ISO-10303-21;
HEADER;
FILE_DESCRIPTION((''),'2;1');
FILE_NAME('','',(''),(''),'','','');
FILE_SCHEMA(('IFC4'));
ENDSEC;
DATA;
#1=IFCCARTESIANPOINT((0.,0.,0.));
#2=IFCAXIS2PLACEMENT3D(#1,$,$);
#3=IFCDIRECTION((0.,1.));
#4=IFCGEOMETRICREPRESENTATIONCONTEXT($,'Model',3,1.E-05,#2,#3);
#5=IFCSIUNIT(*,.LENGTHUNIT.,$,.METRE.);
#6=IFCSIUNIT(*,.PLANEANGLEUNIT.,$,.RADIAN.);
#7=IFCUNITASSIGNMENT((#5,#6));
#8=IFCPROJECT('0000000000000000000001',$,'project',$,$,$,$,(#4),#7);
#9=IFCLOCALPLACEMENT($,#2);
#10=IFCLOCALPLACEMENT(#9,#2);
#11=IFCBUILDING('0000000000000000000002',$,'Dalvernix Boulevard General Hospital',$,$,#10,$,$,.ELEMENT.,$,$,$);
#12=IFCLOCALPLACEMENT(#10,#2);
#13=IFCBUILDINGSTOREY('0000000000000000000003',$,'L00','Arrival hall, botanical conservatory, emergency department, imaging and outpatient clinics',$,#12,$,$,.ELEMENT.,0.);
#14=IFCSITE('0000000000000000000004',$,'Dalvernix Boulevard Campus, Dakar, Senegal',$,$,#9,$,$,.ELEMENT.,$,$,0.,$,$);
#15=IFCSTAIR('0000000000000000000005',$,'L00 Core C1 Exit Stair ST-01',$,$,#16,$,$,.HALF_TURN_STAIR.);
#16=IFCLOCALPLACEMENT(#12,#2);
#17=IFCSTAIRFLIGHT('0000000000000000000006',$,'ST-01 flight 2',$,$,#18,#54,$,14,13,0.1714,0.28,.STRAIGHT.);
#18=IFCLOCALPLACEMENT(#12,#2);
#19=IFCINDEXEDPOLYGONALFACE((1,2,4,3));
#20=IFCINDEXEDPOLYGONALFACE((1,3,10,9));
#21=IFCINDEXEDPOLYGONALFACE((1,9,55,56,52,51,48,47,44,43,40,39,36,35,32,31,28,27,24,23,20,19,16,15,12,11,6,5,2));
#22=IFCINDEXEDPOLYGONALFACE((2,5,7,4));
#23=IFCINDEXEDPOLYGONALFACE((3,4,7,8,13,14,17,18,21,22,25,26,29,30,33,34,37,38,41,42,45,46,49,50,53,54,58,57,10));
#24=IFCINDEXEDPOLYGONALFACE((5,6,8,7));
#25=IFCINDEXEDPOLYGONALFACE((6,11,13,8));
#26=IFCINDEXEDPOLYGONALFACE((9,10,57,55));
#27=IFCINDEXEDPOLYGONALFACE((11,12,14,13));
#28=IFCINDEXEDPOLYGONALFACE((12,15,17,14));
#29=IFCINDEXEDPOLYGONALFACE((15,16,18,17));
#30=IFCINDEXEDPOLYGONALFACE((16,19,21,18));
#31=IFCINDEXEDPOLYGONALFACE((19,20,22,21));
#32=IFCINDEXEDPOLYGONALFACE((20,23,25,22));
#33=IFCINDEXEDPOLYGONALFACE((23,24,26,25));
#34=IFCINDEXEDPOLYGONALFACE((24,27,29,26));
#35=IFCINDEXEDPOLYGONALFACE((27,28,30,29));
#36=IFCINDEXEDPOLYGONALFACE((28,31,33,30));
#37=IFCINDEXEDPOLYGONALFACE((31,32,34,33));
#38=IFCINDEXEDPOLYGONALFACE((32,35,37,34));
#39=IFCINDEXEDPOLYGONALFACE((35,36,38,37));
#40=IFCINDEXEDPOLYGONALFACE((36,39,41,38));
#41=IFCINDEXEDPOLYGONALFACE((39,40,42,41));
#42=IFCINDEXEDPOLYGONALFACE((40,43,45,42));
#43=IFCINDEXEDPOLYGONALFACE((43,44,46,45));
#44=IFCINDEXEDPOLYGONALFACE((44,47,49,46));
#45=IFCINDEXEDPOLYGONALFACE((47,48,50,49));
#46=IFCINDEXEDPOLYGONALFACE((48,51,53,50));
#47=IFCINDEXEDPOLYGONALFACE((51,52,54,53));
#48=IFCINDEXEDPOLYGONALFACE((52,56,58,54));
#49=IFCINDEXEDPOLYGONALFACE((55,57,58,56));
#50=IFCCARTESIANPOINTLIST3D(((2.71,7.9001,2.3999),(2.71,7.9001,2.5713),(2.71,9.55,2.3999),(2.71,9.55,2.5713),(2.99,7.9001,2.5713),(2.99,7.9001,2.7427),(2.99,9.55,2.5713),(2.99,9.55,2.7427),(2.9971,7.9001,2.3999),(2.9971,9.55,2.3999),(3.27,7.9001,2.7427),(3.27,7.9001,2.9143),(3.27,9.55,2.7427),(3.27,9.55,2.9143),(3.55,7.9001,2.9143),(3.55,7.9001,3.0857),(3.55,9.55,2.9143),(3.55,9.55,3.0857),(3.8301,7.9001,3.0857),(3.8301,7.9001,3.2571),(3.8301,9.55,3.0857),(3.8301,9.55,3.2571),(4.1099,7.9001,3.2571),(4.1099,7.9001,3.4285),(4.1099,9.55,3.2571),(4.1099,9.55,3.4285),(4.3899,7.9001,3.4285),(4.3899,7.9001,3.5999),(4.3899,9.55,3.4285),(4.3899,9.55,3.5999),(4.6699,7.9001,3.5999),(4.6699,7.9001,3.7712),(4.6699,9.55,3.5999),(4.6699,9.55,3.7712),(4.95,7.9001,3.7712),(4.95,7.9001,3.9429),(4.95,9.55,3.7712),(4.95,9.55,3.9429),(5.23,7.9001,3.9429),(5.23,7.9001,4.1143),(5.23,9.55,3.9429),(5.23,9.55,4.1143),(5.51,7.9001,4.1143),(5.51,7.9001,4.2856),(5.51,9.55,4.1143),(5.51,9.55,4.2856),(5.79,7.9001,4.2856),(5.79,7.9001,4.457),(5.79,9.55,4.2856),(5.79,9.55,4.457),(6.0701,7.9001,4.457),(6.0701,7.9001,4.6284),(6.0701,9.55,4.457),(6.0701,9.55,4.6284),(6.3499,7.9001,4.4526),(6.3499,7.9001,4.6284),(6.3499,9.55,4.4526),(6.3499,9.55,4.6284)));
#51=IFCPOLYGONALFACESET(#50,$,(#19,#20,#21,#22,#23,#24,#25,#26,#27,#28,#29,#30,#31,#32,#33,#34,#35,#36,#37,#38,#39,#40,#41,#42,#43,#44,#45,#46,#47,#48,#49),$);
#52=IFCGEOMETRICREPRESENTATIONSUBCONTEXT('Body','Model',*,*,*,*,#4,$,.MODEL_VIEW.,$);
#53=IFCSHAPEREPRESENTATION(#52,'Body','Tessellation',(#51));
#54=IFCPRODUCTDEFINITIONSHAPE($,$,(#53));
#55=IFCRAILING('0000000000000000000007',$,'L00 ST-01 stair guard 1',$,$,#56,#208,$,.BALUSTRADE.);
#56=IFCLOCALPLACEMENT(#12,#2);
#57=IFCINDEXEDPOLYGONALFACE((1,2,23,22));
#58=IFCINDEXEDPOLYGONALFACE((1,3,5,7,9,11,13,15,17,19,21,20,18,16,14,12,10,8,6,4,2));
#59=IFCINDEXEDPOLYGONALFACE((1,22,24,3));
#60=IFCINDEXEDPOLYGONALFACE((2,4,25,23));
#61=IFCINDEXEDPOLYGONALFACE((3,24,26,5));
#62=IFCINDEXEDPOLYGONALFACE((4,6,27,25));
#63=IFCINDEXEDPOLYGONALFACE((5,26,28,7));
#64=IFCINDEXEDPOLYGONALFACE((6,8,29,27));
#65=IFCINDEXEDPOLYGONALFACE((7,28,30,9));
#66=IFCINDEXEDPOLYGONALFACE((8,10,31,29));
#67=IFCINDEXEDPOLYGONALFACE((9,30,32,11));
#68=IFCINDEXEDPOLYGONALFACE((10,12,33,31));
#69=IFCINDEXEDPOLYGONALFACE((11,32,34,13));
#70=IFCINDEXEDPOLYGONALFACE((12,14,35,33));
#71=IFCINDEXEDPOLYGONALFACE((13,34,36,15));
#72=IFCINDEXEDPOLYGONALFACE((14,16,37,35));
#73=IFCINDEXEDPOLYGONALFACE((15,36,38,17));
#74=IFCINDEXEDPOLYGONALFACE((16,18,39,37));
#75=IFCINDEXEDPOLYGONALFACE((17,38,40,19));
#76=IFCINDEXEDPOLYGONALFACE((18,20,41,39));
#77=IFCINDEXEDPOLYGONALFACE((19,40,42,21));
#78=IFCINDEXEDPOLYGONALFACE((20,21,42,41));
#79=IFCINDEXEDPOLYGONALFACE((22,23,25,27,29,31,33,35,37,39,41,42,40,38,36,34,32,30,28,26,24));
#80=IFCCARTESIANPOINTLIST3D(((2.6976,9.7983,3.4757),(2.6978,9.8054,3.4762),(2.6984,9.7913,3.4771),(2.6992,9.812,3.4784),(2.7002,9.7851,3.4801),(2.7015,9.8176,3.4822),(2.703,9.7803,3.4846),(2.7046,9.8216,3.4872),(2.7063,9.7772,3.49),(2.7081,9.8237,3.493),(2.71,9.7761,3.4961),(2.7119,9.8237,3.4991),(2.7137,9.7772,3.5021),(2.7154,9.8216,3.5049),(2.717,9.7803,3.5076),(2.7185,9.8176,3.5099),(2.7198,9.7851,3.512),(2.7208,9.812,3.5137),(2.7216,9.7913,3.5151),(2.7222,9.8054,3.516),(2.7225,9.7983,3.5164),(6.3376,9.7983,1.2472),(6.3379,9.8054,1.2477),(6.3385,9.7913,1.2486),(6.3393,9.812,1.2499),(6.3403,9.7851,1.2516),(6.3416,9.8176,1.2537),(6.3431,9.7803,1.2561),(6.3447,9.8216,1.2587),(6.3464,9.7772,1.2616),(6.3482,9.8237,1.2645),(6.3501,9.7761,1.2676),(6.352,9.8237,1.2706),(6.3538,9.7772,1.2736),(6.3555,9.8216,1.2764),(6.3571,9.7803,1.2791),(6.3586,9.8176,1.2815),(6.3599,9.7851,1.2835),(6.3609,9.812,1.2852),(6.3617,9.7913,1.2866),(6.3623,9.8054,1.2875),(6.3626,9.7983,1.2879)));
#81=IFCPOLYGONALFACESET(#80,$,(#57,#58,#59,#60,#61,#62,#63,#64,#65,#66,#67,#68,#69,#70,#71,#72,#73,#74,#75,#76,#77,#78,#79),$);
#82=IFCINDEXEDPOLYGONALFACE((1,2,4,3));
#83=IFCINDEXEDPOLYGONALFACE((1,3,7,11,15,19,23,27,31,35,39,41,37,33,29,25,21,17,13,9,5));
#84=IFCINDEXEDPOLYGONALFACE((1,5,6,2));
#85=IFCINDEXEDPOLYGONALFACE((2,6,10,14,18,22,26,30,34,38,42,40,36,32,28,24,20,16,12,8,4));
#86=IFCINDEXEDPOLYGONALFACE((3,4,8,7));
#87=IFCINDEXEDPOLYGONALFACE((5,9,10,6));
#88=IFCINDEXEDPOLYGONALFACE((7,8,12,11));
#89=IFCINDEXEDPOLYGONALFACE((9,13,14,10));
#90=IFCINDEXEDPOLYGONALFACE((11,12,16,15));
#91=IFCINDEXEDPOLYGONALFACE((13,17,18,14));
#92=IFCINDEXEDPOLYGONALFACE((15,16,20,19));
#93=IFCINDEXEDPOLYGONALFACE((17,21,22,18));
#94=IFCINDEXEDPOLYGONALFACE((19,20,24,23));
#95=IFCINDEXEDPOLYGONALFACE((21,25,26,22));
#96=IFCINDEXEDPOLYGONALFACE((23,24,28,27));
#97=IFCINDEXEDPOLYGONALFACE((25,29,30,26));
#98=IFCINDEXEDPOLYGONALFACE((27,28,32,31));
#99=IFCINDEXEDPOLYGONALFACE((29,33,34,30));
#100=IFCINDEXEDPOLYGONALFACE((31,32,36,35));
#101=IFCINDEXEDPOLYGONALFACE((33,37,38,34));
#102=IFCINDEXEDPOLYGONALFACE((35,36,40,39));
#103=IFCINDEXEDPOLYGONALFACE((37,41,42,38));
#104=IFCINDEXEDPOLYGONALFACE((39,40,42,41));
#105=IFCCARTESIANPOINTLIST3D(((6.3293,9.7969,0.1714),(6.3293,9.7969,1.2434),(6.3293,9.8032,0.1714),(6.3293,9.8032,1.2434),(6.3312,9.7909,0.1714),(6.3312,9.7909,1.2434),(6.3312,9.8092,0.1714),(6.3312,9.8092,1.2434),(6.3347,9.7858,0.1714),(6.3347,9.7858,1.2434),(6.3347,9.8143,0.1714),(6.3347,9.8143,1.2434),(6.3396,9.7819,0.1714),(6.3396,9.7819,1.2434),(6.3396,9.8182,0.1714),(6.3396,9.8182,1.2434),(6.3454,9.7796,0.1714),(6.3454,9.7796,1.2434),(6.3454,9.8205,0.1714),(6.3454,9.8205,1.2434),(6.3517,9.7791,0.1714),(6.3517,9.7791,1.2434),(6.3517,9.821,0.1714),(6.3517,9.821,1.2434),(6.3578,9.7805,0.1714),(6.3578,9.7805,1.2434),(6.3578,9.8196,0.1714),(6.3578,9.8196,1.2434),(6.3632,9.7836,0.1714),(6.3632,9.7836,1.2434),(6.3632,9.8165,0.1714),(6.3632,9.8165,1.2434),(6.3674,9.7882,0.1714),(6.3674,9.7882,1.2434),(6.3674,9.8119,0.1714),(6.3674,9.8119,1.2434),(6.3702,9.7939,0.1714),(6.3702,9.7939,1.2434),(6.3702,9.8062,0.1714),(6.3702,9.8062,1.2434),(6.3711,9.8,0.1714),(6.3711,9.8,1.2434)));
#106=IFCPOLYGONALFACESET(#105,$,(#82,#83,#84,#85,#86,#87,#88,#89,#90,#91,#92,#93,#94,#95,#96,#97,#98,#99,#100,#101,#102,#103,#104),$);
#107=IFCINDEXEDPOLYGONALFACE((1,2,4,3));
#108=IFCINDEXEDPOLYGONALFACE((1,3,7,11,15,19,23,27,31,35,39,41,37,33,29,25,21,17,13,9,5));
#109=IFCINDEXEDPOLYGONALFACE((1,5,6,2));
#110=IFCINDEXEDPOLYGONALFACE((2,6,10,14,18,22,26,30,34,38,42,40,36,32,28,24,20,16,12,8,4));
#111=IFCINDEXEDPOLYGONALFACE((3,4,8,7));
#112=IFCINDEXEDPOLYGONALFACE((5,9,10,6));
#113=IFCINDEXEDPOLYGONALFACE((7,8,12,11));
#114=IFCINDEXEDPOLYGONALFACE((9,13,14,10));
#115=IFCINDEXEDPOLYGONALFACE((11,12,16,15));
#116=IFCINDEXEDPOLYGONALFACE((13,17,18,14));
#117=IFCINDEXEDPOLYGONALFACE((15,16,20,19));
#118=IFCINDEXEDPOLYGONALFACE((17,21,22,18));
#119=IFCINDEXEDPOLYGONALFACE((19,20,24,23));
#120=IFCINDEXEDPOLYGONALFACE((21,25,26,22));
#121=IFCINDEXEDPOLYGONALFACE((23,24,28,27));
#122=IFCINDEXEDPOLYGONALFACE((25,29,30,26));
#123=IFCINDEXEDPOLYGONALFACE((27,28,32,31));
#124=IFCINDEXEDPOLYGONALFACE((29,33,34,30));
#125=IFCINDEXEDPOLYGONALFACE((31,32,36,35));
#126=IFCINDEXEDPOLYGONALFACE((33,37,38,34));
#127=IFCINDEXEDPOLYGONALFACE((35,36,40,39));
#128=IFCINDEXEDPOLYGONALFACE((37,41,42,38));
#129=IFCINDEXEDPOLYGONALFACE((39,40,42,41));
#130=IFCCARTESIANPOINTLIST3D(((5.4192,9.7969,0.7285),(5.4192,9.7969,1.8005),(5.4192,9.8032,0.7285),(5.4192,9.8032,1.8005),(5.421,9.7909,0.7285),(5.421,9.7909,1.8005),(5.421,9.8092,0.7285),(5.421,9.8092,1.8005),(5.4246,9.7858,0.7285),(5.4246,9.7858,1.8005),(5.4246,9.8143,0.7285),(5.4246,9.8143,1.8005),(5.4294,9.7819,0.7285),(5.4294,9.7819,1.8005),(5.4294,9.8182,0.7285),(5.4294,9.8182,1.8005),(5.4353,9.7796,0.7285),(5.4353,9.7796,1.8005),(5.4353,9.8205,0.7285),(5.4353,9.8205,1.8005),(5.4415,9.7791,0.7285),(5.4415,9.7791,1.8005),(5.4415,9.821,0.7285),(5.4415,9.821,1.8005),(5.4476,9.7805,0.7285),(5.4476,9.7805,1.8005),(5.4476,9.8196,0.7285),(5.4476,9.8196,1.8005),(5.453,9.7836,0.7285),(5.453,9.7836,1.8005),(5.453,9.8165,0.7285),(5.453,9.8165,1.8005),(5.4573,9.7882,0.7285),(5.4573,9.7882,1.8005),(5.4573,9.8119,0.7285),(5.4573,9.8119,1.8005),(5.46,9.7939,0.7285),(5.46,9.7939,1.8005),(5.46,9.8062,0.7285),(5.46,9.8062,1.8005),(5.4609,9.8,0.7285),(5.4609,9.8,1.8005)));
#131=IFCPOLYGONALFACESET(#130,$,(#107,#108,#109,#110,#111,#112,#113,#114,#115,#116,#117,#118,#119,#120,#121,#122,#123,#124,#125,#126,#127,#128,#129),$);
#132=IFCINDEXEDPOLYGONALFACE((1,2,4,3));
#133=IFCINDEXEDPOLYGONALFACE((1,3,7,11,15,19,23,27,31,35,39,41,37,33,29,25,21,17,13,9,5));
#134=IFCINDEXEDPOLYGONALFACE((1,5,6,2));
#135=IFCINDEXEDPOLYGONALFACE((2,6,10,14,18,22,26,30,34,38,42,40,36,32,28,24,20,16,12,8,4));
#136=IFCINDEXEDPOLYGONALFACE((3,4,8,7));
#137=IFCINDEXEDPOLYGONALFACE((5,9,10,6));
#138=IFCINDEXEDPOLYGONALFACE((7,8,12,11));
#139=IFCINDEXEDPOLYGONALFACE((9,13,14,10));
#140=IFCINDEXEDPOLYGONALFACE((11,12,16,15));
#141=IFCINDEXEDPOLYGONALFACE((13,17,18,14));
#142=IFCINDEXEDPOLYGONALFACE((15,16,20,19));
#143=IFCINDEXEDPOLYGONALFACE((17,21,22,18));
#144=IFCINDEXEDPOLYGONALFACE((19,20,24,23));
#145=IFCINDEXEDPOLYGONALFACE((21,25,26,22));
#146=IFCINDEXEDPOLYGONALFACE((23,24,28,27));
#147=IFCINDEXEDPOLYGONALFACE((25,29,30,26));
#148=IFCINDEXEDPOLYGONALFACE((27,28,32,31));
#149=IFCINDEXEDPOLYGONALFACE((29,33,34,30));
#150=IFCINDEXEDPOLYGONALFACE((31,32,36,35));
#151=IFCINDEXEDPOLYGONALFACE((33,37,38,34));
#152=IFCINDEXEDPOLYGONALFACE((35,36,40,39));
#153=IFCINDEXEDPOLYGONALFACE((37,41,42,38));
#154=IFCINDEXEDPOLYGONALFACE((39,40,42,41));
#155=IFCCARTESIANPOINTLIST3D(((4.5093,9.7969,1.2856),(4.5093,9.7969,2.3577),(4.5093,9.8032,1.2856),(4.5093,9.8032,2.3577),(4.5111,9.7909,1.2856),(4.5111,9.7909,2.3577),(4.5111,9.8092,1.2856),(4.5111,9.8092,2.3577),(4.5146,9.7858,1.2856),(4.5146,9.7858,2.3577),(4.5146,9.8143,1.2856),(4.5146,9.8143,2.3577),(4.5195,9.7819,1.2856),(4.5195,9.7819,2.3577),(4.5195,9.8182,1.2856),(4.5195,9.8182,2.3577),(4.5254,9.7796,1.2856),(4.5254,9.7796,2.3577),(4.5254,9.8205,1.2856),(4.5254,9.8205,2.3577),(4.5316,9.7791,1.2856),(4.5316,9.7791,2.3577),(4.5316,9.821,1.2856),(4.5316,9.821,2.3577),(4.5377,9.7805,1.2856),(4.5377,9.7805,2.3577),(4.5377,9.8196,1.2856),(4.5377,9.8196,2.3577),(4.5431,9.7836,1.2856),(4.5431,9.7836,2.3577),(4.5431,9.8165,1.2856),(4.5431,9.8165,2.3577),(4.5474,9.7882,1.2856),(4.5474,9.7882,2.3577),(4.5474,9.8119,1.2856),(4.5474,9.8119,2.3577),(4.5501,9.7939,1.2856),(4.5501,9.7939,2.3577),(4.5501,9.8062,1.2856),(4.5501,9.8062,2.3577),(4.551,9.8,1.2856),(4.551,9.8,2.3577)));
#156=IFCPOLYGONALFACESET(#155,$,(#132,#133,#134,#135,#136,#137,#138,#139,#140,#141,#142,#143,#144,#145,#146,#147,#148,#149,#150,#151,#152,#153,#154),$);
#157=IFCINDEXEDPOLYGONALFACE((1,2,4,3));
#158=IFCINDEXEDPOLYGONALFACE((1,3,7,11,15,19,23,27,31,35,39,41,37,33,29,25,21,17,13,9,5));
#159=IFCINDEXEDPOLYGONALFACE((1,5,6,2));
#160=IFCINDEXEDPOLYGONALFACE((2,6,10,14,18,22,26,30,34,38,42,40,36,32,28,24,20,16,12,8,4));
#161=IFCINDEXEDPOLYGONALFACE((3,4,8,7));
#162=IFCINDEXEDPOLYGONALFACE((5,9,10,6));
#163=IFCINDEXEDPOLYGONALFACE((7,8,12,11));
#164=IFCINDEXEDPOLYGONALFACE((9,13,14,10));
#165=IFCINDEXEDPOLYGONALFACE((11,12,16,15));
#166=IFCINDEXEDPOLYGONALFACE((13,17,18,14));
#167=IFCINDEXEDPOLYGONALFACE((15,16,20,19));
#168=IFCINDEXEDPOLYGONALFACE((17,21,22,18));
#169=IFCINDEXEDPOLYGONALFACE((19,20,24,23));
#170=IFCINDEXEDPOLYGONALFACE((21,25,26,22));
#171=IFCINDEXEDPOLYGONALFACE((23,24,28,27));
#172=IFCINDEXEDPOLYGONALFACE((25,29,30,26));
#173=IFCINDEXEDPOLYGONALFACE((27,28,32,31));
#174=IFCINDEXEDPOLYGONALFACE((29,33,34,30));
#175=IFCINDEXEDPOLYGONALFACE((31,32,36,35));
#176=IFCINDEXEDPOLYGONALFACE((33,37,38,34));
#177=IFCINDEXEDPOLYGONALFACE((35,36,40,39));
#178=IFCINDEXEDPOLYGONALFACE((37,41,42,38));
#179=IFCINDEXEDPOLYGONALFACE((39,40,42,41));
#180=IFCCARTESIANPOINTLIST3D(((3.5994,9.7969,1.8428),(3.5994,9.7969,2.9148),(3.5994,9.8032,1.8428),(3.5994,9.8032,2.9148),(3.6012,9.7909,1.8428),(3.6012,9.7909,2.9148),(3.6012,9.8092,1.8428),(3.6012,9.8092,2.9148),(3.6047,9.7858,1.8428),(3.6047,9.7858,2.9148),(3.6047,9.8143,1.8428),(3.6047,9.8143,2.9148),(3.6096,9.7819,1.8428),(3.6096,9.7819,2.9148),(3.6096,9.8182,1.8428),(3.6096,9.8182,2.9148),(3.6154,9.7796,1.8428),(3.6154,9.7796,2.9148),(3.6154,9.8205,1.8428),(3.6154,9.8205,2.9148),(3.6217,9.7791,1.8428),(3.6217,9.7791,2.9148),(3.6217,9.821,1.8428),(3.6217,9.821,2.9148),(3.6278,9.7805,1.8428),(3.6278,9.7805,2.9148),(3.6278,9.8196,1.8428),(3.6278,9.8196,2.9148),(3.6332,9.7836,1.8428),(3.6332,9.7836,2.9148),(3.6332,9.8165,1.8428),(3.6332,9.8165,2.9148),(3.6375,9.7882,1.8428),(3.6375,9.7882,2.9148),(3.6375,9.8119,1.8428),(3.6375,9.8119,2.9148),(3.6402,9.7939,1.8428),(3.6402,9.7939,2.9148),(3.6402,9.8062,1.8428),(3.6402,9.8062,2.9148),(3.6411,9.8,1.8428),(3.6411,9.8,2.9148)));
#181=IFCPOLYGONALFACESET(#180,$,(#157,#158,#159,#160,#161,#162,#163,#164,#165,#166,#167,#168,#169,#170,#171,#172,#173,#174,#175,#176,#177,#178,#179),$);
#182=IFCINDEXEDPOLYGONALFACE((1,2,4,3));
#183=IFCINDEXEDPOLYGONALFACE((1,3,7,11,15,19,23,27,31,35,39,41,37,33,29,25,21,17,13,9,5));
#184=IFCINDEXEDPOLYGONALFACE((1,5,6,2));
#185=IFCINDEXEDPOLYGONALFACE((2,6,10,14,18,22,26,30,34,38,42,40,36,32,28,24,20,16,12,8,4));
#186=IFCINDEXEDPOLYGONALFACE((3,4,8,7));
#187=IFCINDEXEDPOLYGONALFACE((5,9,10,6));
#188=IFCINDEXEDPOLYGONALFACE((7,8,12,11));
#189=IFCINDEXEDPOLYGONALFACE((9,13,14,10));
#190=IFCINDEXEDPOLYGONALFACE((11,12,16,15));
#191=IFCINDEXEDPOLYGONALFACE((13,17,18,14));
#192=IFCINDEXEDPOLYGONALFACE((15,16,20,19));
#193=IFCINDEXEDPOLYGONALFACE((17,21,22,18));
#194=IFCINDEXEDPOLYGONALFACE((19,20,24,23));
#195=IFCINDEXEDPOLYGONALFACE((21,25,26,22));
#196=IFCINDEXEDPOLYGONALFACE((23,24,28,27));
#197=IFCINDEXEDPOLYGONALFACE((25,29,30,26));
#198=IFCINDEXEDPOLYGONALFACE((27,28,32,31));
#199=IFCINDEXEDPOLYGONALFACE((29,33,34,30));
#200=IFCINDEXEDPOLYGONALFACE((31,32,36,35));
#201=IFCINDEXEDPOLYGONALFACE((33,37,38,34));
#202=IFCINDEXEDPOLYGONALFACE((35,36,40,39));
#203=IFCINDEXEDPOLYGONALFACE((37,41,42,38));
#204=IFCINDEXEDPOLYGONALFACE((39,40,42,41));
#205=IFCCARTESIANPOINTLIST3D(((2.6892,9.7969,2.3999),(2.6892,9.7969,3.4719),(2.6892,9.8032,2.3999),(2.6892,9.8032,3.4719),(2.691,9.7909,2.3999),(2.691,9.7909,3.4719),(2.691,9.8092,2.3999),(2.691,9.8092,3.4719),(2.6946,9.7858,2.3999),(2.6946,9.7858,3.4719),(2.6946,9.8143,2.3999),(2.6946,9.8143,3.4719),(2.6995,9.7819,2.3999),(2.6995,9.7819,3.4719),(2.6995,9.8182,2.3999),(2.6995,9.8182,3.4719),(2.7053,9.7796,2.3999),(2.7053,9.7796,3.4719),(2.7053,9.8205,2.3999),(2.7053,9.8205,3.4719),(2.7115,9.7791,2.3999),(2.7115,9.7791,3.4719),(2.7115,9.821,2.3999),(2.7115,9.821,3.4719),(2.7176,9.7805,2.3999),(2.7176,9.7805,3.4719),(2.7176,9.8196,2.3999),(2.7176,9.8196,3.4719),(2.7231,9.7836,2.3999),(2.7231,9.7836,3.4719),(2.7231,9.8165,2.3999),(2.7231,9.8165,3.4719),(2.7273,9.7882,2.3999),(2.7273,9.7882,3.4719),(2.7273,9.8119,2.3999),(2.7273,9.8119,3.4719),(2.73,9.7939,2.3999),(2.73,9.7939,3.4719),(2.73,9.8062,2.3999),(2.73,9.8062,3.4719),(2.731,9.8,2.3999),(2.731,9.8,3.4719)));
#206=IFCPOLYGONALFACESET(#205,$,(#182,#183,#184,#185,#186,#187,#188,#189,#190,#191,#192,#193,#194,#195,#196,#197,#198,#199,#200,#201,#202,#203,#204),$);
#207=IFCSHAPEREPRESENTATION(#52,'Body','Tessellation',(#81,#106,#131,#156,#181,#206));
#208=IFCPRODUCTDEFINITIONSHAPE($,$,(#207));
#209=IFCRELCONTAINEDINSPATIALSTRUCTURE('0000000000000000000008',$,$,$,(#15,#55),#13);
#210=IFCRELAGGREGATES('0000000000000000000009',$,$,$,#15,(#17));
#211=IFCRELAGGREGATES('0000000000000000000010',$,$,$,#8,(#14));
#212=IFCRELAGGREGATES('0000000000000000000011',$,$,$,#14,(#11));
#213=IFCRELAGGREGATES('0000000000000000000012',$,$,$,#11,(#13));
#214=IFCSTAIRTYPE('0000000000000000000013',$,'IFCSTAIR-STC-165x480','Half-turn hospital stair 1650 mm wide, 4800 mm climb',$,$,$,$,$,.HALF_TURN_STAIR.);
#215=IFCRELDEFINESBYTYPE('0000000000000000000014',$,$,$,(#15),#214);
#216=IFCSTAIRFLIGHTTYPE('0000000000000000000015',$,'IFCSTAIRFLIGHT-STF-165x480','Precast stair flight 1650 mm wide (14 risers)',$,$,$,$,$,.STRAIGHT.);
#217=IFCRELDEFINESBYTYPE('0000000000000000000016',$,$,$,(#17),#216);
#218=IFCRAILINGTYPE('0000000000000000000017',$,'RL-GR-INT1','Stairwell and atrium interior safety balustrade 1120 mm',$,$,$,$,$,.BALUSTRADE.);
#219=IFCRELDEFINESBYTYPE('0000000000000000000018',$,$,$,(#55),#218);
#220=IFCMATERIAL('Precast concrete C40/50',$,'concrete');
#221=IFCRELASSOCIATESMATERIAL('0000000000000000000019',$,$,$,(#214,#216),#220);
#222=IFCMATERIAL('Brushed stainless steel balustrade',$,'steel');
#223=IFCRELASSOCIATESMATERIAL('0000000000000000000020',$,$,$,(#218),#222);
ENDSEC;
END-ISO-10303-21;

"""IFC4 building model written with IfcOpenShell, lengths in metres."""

from ifc_helpers import new_model, si_unit, direction, frame, origin, origin_2d, place, context, subcontext, project, spatial, polyline, circle, outline, extrude, material, type_object, element, aggregate, save


model = new_model("IFC4")

# Units and contexts
model_context = context("Model", 3, precision=1e-05, world=origin(), true_north=direction((0.0, 1.0)))
body_context = subcontext(model_context, "Body", "Model", "MODEL_VIEW")
ifc_project = project(units=[si_unit("LENGTHUNIT", "METRE"), si_unit("PLANEANGLEUNIT", "RADIAN")], contexts=[model_context])

# Site, building, storey
site_placement = place(None, origin())
site = spatial("IfcSite", under=ifc_project, at=site_placement, Name="Dalvernix Boulevard Campus, Dakar, Senegal", CompositionType="ELEMENT", RefElevation=0.0)
building_placement = place(site_placement, origin())
building = spatial("IfcBuilding", under=site, at=building_placement, Name="Dalvernix Boulevard General Hospital", CompositionType="ELEMENT")
storey_placement = place(building_placement, origin())
storey = spatial("IfcBuildingStorey", under=building, at=storey_placement, Name="L00", Description="Arrival hall, botanical conservatory, emergency department, imaging and outpatient clinics", CompositionType="ELEMENT", Elevation=0.0)

# Stair, stair flight
ifc_material_1 = material(Name="Precast concrete C40/50", Category="concrete")
stair_type = type_object("IfcStairType", Name="IFCSTAIR-STC-165x480", Description="Half-turn hospital stair 1650 mm wide, 4800 mm climb", PredefinedType="HALF_TURN_STAIR", material=ifc_material_1)
stair_placement = place(storey_placement, origin())
stair = element("IfcStair", 1, at=stair_placement, inside=storey, type_object=stair_type, Name="L00 Core C1 Exit Stair ST-01", PredefinedType="HALF_TURN_STAIR")
stair_flight_type = type_object("IfcStairFlightType", Name="IFCSTAIRFLIGHT-STF-165x480", Description="Precast stair flight 1650 mm wide (14 risers)", PredefinedType="STRAIGHT", material=ifc_material_1)
stair_flight_1_placement = place(storey_placement, frame((2.71, 8.7251, 2.3999), z_axis=(0.0, 0.0, 1.0), x_axis=(1.0, 0.0, 0.0)))
stair_flight_1 = element("IfcStairFlight", 2, at=stair_flight_1_placement, type_object=stair_flight_type, Name="ST-01 flight 2", NumberOfRisers=14, NumberOfTreads=13, PredefinedType="STRAIGHT", RiserHeight=0.1714, TreadLength=0.28, context=body_context, shape_type="SweptSolid", body=[
    extrude(outline(polyline([(0.0, 0.0), (0.0, 0.1714), (0.28, 0.1714), (0.28, 0.3428), (0.5601, 0.3428), (0.5601, 0.5144), (0.8401, 0.5144), (0.8401, 0.6858), (1.1201, 0.6858), (1.1201, 0.8572), (1.3999, 0.8572), (1.3999, 1.0286), (1.6799, 1.0286), (1.6799, 1.2), (1.96, 1.2), (1.96, 1.3713), (2.24, 1.3713), (2.24, 1.543), (2.52, 1.543), (2.52, 1.7144), (2.8, 1.7144), (2.8, 1.8857), (3.0801, 1.8857), (3.0801, 2.0571), (3.3601, 2.0571), (3.3601, 2.2285), (3.6399, 2.2285), (3.6399, 2.3999), (3.6399, 2.0527), (0.2871, 0.0), (0.0, 0.0)])), frame((0.0, 0.825, 0.0), z_axis=(0.0, -1.0, 0.0), x_axis=(1.0, 0.0, 0.0)), (0.0, 0.0, 1.0), 1.6499),
])
aggregate(stair, [stair_flight_1])

# Railing
ifc_material_2 = material(Name="Brushed stainless steel balustrade", Category="steel")
railing_type_1 = type_object("IfcRailingType", Name="RL-GR-INT1", Description="Stairwell and atrium interior safety balustrade 1120 mm", PredefinedType="BALUSTRADE", material=ifc_material_2)
railing_1_placement = place(storey_placement, frame((6.3501, 9.8, 0.1714)))
element("IfcRailing", 3, at=railing_1_placement, inside=storey, type_object=railing_type_1, Name="L00 ST-01 stair guard 1", PredefinedType="BALUSTRADE", context=body_context, shape_type="SweptSolid", body=[
    extrude(circle(Radius=0.0239, at=origin_2d()), frame((0.0, 0.0, 1.0962), z_axis=(-0.852866, 0.0, 0.52213), x_axis=(0.0, -1.0, 0.0)), (0.0, 0.0, 1.0), 4.2681),
    extrude(circle(Radius=0.021, at=origin_2d()), origin(), (0.0, 0.0, 1.0), 1.072),
    extrude(circle(Radius=0.021, at=origin_2d()), frame((-0.9102, 0.0, 0.5571)), (0.0, 0.0, 1.0), 1.072),
    extrude(circle(Radius=0.021, at=origin_2d()), frame((-1.8201, 0.0, 1.1143)), (0.0, 0.0, 1.0), 1.072),
    extrude(circle(Radius=0.021, at=origin_2d()), frame((-2.73, 0.0, 1.6714)), (0.0, 0.0, 1.0), 1.072),
    extrude(circle(Radius=0.021, at=origin_2d()), frame((-3.6401, 0.0, 2.2285)), (0.0, 0.0, 1.0), 1.072),
])

save(model, "model.ifc")
